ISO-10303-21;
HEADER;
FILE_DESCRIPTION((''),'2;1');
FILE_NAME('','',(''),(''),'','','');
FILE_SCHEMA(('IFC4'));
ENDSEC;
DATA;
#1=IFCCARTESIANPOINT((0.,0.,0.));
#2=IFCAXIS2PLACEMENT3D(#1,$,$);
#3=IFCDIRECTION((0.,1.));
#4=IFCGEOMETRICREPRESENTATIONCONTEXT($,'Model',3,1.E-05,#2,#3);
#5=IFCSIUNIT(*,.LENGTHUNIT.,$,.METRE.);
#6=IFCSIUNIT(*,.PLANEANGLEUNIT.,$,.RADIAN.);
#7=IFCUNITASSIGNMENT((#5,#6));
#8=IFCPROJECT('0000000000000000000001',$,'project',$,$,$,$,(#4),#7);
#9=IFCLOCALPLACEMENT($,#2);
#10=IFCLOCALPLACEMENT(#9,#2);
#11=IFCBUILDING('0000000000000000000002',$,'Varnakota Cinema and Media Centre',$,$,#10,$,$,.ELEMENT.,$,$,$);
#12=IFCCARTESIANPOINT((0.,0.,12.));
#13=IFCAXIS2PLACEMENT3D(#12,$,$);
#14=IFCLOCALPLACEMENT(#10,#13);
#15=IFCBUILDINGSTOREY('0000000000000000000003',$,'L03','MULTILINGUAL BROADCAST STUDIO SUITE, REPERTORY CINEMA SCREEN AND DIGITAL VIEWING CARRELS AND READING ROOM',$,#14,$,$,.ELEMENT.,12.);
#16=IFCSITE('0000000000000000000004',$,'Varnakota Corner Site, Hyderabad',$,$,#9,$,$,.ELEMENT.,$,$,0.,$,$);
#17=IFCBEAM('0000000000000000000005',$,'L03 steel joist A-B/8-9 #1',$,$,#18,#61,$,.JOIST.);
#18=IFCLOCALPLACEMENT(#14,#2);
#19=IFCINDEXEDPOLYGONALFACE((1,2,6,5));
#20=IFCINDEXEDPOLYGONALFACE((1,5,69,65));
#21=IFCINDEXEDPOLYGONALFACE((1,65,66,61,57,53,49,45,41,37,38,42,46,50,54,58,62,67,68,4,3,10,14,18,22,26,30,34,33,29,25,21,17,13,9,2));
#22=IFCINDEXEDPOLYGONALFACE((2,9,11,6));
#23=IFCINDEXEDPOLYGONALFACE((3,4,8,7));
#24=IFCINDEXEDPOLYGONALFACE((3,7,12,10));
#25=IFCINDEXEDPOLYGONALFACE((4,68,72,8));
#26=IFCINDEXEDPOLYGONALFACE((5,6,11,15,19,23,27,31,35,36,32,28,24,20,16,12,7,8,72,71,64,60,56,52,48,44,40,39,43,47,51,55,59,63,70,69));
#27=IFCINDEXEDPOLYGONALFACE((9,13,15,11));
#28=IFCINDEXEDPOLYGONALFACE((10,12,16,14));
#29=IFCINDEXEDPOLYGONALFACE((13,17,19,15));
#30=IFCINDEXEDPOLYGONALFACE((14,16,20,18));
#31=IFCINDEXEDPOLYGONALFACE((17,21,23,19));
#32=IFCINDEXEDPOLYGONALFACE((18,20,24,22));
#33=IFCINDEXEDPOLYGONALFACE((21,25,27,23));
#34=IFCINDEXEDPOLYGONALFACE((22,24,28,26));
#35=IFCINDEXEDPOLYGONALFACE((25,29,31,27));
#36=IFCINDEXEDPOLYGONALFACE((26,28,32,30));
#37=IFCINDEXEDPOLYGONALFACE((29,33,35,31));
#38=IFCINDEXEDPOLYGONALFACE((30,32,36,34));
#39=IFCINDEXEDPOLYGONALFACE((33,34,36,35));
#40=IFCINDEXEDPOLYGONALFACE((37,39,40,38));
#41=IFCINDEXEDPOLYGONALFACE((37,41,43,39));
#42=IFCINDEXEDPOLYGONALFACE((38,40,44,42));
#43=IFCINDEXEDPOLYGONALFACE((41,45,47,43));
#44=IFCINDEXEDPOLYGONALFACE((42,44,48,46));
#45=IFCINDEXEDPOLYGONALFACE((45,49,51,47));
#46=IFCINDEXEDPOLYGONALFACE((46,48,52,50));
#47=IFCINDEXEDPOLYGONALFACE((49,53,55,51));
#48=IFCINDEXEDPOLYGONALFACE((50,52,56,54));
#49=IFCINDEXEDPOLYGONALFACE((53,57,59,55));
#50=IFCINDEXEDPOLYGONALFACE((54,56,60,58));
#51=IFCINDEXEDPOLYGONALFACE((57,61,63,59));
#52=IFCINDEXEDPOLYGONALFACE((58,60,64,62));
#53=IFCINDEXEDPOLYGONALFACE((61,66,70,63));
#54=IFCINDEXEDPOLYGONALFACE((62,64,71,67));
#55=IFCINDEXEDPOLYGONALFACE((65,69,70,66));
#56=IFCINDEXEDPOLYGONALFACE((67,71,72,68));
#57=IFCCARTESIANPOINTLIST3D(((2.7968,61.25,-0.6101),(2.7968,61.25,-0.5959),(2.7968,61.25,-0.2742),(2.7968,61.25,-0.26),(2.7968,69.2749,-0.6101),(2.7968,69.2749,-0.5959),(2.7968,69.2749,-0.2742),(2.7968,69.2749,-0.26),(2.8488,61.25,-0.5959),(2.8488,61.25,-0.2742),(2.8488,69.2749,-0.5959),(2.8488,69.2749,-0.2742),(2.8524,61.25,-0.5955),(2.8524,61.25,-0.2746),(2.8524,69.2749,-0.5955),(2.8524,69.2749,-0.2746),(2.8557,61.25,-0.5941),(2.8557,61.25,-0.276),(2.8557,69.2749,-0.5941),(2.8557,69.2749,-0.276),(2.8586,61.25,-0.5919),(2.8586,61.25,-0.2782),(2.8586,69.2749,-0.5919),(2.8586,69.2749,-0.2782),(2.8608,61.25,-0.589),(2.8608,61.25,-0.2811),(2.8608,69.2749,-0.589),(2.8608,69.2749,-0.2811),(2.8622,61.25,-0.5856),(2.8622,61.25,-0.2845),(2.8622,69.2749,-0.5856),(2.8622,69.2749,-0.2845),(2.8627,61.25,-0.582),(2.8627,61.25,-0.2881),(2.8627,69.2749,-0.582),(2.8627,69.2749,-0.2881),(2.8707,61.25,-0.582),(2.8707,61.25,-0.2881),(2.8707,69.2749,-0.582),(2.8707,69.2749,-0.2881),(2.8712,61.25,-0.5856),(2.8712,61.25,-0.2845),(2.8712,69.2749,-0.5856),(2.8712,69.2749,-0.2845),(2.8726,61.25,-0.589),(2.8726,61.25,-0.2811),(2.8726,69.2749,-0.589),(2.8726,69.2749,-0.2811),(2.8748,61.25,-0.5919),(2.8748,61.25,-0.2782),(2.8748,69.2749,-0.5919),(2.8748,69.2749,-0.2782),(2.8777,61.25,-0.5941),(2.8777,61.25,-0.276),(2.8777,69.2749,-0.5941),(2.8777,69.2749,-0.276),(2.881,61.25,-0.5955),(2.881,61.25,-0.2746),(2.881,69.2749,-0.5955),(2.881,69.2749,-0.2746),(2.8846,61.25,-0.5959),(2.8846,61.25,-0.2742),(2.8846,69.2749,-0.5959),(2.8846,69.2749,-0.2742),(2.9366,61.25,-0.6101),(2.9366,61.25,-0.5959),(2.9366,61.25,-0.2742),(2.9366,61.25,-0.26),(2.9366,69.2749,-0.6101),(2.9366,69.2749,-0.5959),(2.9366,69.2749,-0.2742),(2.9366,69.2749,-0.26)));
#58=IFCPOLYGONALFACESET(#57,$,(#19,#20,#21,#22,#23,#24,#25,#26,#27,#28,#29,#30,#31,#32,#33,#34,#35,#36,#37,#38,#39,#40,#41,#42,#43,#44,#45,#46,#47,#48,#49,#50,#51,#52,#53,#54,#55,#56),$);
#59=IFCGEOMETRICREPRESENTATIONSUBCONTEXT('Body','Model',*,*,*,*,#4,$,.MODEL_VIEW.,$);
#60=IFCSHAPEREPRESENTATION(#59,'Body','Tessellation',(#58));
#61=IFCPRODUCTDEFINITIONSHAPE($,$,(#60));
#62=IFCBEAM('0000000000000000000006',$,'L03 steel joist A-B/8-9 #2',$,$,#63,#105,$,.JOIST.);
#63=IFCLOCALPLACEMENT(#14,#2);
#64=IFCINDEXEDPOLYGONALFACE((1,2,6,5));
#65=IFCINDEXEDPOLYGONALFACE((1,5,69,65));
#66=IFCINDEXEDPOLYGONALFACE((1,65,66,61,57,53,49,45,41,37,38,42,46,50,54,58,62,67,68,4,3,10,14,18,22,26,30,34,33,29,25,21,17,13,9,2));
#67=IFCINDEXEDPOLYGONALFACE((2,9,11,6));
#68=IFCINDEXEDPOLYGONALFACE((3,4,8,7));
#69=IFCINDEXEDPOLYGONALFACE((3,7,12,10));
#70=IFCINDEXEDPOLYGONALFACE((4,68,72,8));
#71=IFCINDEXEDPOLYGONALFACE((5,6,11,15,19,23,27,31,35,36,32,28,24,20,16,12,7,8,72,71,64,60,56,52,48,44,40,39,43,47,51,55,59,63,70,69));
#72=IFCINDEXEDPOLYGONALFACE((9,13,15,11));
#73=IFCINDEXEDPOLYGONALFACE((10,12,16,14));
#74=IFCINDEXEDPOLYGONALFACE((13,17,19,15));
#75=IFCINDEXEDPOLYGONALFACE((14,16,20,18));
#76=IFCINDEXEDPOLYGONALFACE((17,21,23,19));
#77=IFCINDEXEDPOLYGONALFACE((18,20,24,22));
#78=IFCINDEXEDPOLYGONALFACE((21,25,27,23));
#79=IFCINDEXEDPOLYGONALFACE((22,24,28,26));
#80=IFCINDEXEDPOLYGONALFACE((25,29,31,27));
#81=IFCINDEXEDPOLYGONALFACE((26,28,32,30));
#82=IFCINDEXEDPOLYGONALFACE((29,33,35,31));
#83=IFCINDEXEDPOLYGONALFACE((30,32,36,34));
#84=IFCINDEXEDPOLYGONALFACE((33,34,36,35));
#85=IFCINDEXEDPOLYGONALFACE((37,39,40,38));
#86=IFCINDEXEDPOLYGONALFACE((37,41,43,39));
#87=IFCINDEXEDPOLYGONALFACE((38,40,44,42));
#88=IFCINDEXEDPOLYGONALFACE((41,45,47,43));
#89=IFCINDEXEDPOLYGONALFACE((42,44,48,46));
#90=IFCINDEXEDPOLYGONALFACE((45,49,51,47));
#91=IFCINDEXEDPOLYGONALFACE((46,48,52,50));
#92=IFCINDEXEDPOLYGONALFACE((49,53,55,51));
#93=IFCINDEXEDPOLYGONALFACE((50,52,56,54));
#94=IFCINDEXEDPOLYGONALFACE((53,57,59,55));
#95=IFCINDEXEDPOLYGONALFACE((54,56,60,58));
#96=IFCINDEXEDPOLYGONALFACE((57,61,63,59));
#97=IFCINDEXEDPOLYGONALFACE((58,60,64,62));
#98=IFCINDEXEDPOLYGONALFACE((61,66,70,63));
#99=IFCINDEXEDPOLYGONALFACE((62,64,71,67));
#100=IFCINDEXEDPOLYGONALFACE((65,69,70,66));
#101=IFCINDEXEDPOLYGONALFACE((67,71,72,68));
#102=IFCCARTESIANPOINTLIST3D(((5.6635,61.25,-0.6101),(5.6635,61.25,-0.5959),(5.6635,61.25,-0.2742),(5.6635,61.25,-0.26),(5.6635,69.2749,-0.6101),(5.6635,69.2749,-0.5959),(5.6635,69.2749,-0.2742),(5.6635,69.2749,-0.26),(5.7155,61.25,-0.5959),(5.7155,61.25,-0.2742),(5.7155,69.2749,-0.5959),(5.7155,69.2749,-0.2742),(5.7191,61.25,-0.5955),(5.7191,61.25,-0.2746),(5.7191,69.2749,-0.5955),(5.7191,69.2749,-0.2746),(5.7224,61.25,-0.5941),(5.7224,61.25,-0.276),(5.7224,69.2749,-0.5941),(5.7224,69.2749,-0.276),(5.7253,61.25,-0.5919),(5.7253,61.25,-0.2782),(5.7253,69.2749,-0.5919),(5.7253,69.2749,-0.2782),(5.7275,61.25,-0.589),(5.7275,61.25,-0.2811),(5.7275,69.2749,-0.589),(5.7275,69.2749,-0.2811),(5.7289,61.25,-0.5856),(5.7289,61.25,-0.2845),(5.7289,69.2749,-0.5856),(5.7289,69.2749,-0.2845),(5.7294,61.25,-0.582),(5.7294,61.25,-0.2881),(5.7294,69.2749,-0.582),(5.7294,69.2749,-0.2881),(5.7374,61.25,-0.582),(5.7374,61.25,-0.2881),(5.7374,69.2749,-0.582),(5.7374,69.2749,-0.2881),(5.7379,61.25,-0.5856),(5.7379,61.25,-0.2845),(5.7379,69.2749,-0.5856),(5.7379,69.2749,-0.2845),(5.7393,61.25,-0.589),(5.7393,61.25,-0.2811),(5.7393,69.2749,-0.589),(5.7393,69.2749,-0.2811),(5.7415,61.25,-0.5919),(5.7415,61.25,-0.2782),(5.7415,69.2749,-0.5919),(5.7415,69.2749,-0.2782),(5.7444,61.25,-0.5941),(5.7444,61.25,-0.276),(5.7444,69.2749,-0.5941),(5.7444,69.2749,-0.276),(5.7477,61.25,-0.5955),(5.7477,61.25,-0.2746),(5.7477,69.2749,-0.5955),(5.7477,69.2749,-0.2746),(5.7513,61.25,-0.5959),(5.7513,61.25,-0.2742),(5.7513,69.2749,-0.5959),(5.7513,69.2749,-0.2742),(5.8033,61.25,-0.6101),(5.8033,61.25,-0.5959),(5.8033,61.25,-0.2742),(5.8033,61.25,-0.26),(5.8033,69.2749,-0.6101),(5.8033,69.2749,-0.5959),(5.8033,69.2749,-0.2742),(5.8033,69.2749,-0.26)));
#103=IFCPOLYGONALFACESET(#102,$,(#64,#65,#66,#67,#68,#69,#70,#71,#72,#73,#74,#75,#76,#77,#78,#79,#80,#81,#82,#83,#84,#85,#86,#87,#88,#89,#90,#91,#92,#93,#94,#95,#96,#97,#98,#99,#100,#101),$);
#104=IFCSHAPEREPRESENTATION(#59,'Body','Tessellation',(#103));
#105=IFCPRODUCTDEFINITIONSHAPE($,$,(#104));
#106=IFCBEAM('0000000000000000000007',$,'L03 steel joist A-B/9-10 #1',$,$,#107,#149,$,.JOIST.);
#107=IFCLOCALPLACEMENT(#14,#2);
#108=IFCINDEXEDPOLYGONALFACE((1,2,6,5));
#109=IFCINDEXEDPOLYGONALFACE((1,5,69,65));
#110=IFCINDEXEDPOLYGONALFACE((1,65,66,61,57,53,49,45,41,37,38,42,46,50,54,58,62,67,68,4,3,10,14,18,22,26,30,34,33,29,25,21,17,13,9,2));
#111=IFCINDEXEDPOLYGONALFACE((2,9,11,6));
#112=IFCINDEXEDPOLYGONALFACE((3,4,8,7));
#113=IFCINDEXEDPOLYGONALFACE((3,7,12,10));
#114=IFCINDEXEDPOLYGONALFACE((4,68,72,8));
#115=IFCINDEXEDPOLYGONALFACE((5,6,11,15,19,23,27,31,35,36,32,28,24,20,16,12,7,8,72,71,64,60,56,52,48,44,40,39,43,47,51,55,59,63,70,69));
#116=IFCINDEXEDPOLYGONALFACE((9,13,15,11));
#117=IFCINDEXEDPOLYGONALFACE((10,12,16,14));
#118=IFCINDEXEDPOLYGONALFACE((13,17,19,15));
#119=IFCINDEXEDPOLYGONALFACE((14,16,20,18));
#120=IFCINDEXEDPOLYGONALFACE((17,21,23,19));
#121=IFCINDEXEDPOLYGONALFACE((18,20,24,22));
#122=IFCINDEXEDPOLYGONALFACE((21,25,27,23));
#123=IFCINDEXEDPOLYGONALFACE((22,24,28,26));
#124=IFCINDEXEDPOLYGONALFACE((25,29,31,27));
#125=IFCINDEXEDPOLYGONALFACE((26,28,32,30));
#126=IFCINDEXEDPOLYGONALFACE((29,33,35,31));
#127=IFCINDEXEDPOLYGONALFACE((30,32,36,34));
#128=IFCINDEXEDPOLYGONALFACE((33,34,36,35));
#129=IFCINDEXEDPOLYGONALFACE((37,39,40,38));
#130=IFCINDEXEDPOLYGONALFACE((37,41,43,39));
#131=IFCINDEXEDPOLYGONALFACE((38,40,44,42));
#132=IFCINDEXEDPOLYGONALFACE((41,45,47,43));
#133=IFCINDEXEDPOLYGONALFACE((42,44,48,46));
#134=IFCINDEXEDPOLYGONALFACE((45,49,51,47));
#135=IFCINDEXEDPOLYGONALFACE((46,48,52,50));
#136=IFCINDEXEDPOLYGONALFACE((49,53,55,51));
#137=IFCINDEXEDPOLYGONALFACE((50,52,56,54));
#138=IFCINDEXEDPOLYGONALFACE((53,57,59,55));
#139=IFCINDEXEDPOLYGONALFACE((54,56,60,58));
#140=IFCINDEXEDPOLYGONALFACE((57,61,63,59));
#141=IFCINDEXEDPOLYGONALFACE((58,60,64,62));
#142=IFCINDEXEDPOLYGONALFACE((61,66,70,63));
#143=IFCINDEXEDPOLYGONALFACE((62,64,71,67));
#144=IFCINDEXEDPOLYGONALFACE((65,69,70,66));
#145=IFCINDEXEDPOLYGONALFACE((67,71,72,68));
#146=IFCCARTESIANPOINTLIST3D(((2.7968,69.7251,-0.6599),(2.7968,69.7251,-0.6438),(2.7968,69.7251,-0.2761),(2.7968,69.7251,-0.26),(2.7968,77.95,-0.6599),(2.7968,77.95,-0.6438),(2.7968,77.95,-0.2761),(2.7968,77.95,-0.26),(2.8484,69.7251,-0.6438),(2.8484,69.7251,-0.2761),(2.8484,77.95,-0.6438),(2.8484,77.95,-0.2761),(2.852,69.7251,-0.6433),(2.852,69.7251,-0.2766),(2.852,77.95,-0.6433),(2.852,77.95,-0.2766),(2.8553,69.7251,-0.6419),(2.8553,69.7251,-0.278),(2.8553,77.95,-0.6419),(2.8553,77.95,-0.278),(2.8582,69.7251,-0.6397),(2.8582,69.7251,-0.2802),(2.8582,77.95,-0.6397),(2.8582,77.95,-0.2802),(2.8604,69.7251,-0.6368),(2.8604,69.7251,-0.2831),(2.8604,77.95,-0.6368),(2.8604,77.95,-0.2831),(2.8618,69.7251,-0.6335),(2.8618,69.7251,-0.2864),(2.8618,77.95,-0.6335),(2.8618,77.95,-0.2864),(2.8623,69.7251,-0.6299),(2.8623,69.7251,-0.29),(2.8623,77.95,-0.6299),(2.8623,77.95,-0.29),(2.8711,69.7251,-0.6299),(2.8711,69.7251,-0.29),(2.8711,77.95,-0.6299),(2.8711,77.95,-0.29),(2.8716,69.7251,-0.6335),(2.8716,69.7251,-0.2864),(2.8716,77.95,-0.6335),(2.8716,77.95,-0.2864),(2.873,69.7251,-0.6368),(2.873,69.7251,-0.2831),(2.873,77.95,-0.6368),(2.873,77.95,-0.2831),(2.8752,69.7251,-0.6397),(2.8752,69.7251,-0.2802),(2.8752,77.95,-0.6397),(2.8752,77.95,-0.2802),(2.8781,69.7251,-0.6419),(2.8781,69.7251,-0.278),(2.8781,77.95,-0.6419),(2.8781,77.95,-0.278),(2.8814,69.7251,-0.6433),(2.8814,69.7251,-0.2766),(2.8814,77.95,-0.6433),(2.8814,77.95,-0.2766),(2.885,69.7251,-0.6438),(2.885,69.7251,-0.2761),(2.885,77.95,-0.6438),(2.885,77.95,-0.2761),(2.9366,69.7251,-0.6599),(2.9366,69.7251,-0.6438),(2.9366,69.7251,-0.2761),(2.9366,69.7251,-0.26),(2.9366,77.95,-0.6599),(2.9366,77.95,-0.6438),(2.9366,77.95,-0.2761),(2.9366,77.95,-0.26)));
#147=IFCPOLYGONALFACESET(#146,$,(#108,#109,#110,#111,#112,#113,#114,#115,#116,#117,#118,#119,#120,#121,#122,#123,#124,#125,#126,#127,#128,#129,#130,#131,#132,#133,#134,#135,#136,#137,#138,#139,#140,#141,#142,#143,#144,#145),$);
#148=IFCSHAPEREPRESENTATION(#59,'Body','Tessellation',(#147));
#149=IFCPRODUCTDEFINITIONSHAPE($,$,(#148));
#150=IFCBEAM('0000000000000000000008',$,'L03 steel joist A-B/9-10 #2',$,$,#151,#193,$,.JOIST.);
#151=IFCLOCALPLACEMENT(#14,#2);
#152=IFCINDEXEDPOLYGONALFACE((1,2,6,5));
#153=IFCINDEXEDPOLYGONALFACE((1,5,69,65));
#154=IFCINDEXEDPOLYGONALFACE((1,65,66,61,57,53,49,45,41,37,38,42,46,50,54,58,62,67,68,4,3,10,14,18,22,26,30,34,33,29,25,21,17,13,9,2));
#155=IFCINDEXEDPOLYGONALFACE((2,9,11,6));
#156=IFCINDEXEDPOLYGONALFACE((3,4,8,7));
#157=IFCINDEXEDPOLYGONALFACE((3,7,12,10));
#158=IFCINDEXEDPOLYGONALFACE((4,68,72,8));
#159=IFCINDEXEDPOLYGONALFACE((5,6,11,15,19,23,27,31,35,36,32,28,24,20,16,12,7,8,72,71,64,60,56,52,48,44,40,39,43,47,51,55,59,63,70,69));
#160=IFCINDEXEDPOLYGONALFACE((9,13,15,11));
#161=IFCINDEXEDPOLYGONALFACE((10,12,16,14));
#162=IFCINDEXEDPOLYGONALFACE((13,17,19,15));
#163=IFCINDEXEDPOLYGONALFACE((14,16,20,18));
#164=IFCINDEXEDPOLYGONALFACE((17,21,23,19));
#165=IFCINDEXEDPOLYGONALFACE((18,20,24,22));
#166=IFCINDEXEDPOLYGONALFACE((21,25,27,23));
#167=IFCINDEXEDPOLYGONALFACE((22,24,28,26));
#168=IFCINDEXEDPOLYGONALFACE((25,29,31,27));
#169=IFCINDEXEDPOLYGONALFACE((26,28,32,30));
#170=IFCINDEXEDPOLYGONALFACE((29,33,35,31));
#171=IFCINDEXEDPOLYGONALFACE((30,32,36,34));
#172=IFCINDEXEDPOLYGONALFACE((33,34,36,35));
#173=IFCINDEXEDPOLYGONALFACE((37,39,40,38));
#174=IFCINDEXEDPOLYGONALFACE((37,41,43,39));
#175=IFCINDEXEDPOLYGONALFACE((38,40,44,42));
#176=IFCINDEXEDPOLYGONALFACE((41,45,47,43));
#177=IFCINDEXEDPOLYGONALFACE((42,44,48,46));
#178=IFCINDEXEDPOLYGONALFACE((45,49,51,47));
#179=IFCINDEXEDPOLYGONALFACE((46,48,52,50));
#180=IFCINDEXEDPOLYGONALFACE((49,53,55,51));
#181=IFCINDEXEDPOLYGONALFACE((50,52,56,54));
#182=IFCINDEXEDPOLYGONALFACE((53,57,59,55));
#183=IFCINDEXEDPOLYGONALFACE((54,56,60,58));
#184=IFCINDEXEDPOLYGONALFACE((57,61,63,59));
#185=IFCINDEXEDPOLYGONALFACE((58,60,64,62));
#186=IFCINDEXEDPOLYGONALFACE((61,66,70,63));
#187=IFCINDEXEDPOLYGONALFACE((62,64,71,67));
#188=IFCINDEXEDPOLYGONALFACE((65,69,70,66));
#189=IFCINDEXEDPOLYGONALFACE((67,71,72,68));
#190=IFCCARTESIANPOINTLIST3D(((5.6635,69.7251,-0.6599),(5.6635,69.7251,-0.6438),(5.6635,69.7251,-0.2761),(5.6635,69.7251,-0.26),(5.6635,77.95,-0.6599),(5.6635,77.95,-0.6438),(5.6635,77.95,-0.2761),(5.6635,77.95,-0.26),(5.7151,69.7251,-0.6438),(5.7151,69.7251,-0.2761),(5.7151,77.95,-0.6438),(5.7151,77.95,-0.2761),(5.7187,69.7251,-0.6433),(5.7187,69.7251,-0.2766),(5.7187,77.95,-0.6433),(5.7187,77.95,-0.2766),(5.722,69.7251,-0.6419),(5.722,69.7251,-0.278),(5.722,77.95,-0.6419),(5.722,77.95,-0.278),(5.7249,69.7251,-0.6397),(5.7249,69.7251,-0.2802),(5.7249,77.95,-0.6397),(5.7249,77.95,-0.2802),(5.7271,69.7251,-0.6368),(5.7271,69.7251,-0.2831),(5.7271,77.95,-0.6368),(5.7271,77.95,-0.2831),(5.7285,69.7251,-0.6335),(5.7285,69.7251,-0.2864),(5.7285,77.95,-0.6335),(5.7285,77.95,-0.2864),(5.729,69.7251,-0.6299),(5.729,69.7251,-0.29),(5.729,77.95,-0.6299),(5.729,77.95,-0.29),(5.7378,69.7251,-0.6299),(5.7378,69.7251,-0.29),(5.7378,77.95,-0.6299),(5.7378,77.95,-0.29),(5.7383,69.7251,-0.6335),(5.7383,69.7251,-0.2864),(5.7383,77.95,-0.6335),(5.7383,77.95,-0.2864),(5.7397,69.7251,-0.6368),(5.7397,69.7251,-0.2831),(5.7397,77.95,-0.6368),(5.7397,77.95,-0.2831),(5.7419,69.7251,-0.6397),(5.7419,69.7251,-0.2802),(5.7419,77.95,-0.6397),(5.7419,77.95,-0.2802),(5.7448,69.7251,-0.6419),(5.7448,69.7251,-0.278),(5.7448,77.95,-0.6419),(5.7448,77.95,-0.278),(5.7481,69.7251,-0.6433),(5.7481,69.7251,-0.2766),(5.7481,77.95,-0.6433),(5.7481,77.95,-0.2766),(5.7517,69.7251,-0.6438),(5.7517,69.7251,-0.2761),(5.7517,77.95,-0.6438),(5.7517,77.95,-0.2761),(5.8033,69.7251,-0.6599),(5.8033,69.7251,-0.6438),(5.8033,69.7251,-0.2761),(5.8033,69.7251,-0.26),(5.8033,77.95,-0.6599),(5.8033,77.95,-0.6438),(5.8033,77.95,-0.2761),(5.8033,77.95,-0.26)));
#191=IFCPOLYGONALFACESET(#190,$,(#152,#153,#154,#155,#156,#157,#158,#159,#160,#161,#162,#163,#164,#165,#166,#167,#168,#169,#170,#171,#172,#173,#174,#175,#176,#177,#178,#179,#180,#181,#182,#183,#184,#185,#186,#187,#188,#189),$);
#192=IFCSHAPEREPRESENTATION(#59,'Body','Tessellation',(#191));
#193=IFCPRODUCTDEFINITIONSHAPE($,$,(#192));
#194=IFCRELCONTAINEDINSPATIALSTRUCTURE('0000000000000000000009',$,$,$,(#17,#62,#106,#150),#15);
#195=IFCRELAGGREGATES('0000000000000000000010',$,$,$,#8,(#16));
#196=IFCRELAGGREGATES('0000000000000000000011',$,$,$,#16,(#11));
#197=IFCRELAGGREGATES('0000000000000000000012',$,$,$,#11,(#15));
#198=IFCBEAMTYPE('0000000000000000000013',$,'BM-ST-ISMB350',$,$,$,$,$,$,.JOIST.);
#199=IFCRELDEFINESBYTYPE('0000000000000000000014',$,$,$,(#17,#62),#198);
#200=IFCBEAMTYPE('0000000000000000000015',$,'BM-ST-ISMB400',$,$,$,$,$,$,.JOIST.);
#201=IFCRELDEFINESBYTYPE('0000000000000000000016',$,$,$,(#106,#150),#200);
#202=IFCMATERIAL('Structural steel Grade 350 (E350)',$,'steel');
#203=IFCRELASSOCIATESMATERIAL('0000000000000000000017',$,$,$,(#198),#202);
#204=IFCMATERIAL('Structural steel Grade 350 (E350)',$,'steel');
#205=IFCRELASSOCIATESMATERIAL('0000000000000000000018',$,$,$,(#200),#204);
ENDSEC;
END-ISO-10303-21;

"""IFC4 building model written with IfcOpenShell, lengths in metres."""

from ifc_helpers import new_model, si_unit, direction, frame, origin, origin_2d, place, context, subcontext, project, spatial, i_section, extrude, material, material_profile, profile_set, type_object, element, save


model = new_model("IFC4")

# Units and contexts
model_context = context("Model", 3, precision=1e-05, world=origin(), true_north=direction((0.0, 1.0)))
body_context = subcontext(model_context, "Body", "Model", "MODEL_VIEW")
ifc_project = project(units=[si_unit("LENGTHUNIT", "METRE"), si_unit("PLANEANGLEUNIT", "RADIAN")], contexts=[model_context])

# Site, building, storey
site_placement = place(None, origin())
site = spatial("IfcSite", under=ifc_project, at=site_placement, Name="Varnakota Corner Site, Hyderabad", CompositionType="ELEMENT", RefElevation=0.0)
building_placement = place(site_placement, origin())
building = spatial("IfcBuilding", under=site, at=building_placement, Name="Varnakota Cinema and Media Centre", CompositionType="ELEMENT")
storey_placement = place(building_placement, frame((0.0, 0.0, 12.0)))
storey = spatial("IfcBuildingStorey", under=building, at=storey_placement, Name="L03", Description="MULTILINGUAL BROADCAST STUDIO SUITE, REPERTORY CINEMA SCREEN AND DIGITAL VIEWING CARRELS AND READING ROOM", CompositionType="ELEMENT", Elevation=12.0)

# Beams
ifc_material_1 = material(Name="Structural steel Grade 350 (E350)", Category="steel")
ifc_material_profile_1 = material_profile(ifc_material_1, i_section(OverallWidth=0.1399, OverallDepth=0.3501, WebThickness=0.0081, FlangeThickness=0.0142, FilletRadius=0.0139, at=origin_2d()), Name="ISMB 350")
ifc_profile_set_1 = profile_set([ifc_material_profile_1], Name="Structural steel Grade 350 (E350)")
beam_type_1 = type_object("IfcBeamType", Name="BM-ST-ISMB350", PredefinedType="JOIST", material=ifc_profile_set_1)
for number, where, z_axis, x_axis, name in (
    (1, (2.8667, 61.25, -0.4351), (0.0, 1.0, 0.0), (-1.0, 0.0, 0.0), "L03 steel joist A-B/8-9 #1"),
    (2, (5.7334, 61.25, -0.4351), (0.0, 1.0, 0.0), (-1.0, 0.0, 0.0), "L03 steel joist A-B/8-9 #2"),
):
    element("IfcBeam", number, at=place(storey_placement, frame(where, z_axis=z_axis, x_axis=x_axis)), inside=storey, type_object=beam_type_1, Name=name, PredefinedType="JOIST", context=body_context, shape_type="SweptSolid", body=[
        extrude(i_section(OverallWidth=0.1399, OverallDepth=0.3501, WebThickness=0.0081, FlangeThickness=0.0142, FilletRadius=0.0139, at=origin_2d()), origin(), (0.0, 0.0, 1.0), 8.0249),
    ])
ifc_material_2 = material(Name="Structural steel Grade 350 (E350)", Category="steel")
ifc_material_profile_2 = material_profile(ifc_material_2, i_section(OverallWidth=0.1399, OverallDepth=0.3999, WebThickness=0.0088, FlangeThickness=0.0161, FilletRadius=0.0139, at=origin_2d()), Name="ISMB 400")
ifc_profile_set_2 = profile_set([ifc_material_profile_2], Name="Structural steel Grade 350 (E350)")
beam_type_2 = type_object("IfcBeamType", Name="BM-ST-ISMB400", PredefinedType="JOIST", material=ifc_profile_set_2)
for number, where, z_axis, x_axis, name in (
    (3, (2.8667, 69.7251, -0.46), (0.0, 1.0, 0.0), (-1.0, 0.0, 0.0), "L03 steel joist A-B/9-10 #1"),
    (4, (5.7334, 69.7251, -0.46), (0.0, 1.0, 0.0), (-1.0, 0.0, 0.0), "L03 steel joist A-B/9-10 #2"),
):
    element("IfcBeam", number, at=place(storey_placement, frame(where, z_axis=z_axis, x_axis=x_axis)), inside=storey, type_object=beam_type_2, Name=name, PredefinedType="JOIST", context=body_context, shape_type="SweptSolid", body=[
        extrude(i_section(OverallWidth=0.1399, OverallDepth=0.3999, WebThickness=0.0088, FlangeThickness=0.0161, FilletRadius=0.0139, at=origin_2d()), origin(), (0.0, 0.0, 1.0), 8.2249),
    ])

save(model, "model.ifc")
